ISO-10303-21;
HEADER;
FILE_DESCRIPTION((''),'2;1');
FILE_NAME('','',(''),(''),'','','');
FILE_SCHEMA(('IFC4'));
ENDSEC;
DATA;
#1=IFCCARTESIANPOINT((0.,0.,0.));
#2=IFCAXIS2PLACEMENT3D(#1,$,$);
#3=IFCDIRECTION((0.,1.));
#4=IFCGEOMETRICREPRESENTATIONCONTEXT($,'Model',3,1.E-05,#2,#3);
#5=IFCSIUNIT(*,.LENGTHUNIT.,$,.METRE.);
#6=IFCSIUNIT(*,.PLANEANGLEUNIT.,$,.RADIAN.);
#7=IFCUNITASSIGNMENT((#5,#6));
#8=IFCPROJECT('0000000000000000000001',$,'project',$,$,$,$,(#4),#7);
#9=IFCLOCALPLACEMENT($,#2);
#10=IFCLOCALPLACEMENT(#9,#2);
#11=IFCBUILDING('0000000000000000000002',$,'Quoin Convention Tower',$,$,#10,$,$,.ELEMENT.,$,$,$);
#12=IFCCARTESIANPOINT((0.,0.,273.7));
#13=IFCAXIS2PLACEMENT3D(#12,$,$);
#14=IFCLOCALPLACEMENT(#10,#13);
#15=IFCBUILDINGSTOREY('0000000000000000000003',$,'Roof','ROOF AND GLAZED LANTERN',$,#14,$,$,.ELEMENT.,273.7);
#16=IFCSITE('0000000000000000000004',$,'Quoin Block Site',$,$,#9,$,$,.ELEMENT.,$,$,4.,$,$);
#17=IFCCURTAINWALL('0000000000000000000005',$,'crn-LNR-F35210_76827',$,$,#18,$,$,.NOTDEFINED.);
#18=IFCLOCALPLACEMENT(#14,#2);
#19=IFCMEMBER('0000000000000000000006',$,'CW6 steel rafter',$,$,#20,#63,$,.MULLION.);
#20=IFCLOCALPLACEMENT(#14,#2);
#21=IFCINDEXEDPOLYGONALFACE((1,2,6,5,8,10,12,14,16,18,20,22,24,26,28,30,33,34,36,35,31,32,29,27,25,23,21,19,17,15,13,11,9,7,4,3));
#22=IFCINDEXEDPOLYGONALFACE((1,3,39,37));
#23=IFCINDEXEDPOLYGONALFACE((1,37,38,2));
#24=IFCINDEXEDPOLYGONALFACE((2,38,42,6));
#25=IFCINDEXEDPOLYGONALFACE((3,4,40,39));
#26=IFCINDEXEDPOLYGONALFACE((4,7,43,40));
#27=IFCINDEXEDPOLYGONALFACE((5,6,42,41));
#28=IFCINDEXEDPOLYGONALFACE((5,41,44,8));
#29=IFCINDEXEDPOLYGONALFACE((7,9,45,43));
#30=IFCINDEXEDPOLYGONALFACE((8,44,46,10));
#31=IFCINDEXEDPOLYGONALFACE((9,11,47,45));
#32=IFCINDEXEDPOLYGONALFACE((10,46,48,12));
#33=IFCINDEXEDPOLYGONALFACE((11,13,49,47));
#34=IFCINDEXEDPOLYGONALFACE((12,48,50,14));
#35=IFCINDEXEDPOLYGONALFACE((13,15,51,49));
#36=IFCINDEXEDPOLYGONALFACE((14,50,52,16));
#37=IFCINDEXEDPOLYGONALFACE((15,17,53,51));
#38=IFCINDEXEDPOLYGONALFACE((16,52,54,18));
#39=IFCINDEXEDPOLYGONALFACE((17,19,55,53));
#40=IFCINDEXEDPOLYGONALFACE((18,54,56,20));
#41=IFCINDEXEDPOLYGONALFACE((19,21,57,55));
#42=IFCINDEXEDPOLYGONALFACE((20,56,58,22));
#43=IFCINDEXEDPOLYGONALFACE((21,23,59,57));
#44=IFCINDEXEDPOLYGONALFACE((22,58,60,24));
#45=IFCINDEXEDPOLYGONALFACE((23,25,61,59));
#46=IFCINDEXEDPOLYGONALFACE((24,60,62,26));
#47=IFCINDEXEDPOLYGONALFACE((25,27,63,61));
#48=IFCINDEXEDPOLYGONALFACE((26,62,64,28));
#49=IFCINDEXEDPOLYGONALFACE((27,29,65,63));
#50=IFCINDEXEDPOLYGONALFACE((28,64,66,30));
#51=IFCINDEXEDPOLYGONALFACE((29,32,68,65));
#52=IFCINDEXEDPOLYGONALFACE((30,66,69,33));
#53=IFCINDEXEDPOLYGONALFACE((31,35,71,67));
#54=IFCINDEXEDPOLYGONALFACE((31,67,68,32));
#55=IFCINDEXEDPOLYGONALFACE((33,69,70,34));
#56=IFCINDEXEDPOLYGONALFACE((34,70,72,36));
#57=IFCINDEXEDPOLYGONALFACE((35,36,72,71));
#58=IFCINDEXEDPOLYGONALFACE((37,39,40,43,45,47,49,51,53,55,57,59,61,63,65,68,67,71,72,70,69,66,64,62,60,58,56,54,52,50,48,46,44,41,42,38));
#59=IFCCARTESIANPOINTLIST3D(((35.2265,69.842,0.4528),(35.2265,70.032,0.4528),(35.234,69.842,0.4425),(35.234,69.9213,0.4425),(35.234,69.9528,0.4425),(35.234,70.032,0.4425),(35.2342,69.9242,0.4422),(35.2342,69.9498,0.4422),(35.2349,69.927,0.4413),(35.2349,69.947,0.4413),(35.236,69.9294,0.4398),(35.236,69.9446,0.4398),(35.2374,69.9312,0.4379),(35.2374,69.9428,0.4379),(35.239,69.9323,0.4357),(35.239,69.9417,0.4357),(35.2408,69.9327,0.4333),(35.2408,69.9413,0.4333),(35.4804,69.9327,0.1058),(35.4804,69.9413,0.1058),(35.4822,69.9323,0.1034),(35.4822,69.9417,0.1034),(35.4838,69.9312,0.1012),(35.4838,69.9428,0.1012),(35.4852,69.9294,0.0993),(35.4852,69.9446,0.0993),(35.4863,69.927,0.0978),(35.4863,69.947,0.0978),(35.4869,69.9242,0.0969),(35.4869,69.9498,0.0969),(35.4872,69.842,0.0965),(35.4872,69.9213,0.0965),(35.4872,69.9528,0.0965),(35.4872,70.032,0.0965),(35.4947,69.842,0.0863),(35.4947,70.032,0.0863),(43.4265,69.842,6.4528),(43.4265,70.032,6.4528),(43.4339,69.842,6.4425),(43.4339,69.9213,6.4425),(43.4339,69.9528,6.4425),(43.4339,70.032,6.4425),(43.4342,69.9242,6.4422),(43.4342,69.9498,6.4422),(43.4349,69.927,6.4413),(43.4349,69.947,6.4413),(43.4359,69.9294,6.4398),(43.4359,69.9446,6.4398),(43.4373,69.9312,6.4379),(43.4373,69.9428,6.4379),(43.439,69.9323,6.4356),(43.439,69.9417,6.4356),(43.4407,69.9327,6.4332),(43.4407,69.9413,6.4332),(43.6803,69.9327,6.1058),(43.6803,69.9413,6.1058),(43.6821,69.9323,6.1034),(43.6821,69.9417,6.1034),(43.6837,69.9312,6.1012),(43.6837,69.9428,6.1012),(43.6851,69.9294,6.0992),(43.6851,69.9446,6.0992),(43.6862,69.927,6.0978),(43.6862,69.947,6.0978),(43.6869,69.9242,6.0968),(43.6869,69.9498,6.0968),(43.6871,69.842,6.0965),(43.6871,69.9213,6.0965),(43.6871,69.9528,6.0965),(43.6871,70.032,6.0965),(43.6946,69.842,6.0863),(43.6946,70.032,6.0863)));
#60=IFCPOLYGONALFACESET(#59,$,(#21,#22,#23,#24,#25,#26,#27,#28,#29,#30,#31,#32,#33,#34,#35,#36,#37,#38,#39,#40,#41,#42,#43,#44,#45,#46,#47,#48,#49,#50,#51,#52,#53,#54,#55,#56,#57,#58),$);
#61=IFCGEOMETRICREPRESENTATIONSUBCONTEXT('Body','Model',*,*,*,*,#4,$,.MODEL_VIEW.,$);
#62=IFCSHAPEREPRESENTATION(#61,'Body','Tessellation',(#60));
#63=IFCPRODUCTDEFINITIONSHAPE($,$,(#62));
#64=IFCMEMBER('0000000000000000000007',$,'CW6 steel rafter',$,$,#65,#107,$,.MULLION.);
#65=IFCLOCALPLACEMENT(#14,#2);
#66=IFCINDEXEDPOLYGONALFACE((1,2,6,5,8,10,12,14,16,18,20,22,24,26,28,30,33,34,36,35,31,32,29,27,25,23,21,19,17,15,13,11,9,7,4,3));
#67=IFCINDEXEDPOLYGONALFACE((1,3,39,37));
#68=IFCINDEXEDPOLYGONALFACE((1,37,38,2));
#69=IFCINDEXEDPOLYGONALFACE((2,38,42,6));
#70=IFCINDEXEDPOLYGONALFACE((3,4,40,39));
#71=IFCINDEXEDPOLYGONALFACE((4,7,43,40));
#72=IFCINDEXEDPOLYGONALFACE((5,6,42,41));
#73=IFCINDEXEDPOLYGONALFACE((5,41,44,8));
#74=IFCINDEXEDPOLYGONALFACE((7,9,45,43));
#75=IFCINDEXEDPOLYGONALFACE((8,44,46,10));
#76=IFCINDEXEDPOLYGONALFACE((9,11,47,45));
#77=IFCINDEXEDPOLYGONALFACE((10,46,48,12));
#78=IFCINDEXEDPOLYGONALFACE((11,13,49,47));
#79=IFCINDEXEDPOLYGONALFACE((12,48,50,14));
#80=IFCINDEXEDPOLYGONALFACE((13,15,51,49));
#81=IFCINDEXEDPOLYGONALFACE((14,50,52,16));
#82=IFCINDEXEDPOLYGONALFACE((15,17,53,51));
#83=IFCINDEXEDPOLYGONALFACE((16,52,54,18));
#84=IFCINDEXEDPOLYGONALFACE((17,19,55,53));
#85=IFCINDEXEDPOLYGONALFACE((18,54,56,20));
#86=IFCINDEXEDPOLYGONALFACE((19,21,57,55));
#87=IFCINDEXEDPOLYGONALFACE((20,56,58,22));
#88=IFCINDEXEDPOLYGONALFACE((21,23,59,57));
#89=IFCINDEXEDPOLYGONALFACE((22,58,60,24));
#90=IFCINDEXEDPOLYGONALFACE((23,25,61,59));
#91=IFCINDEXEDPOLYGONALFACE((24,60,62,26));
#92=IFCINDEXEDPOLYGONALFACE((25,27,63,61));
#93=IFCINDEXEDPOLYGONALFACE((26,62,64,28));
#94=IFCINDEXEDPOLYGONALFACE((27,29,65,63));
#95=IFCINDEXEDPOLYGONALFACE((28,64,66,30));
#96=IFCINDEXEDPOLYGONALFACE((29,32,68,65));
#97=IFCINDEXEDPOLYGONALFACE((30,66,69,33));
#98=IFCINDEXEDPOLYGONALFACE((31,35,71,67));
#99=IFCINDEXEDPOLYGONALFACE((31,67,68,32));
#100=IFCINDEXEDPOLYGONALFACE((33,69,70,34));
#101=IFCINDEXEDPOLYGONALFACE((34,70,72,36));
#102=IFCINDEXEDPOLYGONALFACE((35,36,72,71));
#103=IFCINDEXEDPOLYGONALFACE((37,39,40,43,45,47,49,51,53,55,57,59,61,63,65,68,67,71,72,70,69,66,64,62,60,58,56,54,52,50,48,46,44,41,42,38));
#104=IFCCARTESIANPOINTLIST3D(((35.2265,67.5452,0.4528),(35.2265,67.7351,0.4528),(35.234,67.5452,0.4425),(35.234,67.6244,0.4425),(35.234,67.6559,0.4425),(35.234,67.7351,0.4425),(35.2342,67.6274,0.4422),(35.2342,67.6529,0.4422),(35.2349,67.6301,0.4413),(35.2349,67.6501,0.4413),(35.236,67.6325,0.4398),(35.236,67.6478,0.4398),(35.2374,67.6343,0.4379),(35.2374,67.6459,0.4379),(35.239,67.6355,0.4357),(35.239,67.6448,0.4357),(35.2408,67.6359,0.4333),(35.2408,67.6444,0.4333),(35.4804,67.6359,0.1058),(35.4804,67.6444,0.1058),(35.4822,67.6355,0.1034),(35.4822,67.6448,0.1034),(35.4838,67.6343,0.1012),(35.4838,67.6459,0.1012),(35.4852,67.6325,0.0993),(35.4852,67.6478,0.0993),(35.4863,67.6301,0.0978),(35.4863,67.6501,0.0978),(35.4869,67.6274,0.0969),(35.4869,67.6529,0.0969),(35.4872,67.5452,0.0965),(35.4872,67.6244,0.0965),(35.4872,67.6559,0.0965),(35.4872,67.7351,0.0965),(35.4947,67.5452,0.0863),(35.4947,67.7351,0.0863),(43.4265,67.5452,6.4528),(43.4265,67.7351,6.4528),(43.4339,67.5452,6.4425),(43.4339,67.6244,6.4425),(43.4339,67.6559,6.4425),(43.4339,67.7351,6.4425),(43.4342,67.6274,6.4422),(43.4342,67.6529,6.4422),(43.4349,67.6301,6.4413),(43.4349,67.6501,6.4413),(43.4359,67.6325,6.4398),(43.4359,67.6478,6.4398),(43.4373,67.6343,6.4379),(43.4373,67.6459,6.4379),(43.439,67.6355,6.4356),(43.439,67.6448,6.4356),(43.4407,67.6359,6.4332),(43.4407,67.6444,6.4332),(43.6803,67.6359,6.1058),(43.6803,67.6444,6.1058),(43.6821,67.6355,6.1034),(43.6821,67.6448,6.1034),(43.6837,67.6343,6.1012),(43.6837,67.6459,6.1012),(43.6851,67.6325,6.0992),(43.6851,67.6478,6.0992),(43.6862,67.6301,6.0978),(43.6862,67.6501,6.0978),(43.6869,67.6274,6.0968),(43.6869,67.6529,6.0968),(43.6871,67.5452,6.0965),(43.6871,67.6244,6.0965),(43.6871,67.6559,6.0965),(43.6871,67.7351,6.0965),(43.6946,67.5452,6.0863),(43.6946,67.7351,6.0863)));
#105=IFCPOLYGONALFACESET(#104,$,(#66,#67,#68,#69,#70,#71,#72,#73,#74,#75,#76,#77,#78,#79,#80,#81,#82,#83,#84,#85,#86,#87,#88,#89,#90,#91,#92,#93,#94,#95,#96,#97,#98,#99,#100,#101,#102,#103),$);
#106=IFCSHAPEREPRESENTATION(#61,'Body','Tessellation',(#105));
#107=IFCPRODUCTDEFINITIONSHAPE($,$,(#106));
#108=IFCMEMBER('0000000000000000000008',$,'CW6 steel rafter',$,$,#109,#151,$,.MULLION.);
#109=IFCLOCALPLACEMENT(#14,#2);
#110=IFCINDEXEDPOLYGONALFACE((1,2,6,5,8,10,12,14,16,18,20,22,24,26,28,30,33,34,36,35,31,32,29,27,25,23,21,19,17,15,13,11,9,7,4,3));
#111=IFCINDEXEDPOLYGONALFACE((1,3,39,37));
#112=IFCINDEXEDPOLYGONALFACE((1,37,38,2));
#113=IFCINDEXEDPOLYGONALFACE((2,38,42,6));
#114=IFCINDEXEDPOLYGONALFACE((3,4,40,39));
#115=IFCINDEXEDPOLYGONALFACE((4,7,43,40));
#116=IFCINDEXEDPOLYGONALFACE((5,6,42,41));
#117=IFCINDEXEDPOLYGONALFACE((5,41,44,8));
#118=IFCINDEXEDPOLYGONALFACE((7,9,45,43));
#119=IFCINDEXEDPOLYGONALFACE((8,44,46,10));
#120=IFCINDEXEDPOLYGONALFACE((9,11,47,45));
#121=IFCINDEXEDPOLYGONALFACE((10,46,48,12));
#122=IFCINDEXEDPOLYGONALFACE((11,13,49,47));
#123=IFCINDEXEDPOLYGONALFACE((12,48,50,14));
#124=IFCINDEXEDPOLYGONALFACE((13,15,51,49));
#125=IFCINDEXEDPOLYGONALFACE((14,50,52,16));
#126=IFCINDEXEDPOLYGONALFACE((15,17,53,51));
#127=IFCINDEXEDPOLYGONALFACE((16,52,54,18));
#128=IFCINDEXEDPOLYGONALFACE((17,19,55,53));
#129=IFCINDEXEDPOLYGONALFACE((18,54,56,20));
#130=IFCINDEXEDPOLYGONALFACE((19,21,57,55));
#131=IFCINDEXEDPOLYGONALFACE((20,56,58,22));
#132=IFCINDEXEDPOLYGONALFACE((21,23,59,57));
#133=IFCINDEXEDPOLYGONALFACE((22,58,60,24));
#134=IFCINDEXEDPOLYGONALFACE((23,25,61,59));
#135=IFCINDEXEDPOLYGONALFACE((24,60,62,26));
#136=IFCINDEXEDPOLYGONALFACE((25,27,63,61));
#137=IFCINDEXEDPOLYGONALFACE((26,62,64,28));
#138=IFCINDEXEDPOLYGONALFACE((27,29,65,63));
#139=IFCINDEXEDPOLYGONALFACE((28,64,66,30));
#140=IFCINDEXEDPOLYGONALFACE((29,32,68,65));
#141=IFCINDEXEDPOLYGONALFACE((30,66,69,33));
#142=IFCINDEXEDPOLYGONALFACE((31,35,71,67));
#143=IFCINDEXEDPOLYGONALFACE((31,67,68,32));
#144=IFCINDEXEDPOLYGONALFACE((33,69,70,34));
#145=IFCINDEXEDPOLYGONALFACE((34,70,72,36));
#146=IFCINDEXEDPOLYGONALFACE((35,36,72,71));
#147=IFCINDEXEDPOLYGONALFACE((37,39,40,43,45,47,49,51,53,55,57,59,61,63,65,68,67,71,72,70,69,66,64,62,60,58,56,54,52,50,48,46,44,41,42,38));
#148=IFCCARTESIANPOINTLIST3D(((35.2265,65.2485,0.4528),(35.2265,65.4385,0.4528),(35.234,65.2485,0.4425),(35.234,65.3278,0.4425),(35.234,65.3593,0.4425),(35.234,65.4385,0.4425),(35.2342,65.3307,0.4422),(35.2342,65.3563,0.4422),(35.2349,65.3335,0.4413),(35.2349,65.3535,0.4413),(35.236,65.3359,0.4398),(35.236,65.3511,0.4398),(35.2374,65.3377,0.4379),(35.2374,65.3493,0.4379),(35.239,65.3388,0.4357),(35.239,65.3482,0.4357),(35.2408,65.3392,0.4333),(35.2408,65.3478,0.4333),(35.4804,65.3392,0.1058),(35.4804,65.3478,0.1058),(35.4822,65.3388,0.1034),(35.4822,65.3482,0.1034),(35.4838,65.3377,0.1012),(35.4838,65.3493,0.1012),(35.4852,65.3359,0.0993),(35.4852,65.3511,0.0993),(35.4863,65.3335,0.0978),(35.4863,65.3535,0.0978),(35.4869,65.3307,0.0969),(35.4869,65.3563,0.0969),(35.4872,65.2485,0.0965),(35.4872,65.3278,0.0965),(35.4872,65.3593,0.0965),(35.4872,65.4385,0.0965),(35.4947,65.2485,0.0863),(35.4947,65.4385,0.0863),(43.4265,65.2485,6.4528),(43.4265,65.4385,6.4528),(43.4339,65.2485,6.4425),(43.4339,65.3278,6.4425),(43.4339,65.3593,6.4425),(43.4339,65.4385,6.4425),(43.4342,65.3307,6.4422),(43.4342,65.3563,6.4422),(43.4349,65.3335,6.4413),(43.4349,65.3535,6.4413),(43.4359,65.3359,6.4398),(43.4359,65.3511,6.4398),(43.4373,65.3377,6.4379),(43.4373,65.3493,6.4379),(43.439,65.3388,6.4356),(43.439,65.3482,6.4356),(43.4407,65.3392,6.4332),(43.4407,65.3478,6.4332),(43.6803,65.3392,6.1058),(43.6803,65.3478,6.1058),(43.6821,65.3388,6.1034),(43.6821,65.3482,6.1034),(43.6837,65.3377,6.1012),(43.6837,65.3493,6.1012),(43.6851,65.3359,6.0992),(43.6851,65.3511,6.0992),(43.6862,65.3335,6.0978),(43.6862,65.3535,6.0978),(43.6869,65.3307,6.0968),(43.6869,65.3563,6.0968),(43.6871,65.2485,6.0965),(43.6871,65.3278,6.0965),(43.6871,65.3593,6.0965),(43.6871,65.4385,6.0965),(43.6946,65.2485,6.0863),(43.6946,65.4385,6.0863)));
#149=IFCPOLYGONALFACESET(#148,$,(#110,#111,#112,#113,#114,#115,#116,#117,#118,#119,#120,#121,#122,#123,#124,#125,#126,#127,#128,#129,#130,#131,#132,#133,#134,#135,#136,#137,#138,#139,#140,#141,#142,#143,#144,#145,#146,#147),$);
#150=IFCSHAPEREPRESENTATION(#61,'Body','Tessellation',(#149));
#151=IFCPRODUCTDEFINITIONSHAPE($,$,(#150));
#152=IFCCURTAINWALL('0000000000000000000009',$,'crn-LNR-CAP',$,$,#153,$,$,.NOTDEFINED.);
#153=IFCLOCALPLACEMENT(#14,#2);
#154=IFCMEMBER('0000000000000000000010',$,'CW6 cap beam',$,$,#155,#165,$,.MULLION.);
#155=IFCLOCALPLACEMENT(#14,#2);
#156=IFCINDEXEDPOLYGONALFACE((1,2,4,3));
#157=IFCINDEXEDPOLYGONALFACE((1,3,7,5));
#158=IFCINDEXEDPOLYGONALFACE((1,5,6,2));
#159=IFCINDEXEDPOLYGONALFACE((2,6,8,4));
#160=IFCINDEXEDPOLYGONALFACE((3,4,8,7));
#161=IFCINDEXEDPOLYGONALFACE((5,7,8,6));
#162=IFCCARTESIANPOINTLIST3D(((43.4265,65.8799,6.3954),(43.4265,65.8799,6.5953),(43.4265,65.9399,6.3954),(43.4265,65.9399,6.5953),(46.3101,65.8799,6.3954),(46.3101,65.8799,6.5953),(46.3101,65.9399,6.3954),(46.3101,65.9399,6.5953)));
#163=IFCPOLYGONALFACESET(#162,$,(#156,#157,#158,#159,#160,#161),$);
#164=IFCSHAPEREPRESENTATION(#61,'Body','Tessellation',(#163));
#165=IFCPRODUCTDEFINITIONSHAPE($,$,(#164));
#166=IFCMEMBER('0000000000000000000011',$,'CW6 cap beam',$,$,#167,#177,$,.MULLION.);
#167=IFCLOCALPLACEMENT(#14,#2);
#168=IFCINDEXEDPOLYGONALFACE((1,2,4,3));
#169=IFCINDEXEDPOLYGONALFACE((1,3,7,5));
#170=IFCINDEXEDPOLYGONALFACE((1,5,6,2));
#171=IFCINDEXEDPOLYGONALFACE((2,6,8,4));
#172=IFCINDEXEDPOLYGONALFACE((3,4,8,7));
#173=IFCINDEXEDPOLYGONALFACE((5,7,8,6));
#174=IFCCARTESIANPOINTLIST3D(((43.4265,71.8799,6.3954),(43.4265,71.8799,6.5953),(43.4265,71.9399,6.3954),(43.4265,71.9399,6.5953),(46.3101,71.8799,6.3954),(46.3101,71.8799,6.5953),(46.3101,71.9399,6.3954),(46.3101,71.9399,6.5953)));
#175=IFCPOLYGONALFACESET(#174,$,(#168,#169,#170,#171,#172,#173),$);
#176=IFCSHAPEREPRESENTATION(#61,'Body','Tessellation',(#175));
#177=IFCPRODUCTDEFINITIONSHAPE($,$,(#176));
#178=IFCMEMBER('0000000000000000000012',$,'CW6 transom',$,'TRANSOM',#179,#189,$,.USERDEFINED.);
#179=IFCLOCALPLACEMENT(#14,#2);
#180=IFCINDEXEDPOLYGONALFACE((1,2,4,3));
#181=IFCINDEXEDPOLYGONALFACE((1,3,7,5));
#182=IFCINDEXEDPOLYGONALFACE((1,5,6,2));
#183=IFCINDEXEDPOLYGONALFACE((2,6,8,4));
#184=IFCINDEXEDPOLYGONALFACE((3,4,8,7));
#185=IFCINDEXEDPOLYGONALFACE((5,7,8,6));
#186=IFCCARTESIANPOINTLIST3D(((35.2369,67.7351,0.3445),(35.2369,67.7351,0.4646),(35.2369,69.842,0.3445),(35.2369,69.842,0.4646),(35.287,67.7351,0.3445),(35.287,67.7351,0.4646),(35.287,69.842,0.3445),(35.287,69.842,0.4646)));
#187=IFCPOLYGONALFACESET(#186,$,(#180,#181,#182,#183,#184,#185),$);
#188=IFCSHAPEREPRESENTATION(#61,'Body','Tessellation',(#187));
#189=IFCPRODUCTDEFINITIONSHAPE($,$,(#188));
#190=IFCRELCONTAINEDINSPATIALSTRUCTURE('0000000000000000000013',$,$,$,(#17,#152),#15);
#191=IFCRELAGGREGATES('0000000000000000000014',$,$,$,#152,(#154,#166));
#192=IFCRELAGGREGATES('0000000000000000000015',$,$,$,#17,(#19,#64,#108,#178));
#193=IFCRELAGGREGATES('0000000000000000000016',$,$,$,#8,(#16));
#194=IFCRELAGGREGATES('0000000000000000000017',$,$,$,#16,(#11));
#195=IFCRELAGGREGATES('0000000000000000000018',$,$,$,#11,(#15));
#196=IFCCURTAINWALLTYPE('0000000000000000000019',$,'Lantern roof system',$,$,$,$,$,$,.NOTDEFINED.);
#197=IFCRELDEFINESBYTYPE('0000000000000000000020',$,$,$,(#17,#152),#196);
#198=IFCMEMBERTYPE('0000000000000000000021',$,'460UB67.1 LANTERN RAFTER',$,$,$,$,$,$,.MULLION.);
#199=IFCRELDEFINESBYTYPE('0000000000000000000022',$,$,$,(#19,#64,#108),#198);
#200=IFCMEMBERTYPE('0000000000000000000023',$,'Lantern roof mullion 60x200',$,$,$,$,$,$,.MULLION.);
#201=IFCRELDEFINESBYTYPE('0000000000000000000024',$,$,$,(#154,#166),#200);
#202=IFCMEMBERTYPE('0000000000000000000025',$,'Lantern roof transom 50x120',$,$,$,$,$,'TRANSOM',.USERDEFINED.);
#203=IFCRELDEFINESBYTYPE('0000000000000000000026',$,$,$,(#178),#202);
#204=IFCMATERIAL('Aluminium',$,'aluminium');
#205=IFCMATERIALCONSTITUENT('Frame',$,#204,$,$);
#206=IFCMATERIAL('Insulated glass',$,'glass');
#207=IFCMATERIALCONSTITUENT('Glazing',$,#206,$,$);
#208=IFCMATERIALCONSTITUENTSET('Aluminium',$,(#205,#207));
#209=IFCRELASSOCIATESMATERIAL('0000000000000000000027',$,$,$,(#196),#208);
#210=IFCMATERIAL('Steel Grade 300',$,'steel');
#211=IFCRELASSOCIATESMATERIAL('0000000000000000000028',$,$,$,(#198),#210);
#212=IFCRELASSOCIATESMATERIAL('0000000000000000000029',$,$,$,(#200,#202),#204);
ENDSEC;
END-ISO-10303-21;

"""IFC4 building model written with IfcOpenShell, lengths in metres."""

from ifc_helpers import new_model, si_unit, direction, frame, origin, origin_2d, place, context, subcontext, project, spatial, rectangle, i_section, extrude, material, constituent, constituent_set, material_profile, profile_set, type_object, element, aggregate, save


model = new_model("IFC4")

# Units and contexts
model_context = context("Model", 3, precision=1e-05, world=origin(), true_north=direction((0.0, 1.0)))
body_context = subcontext(model_context, "Body", "Model", "MODEL_VIEW")
ifc_project = project(units=[si_unit("LENGTHUNIT", "METRE"), si_unit("PLANEANGLEUNIT", "RADIAN")], contexts=[model_context])

# Site, building, storey
site_placement = place(None, origin())
site = spatial("IfcSite", under=ifc_project, at=site_placement, Name="Quoin Block Site", CompositionType="ELEMENT", RefElevation=4.0)
building_placement = place(site_placement, origin())
building = spatial("IfcBuilding", under=site, at=building_placement, Name="Quoin Convention Tower", CompositionType="ELEMENT")
storey_placement = place(building_placement, frame((0.0, 0.0, 273.7)))
storey = spatial("IfcBuildingStorey", under=building, at=storey_placement, Name="Roof", Description="ROOF AND GLAZED LANTERN", CompositionType="ELEMENT", Elevation=273.7)

# Shared definitions
ifc_material_1 = material(Name="Steel Grade 300", Category="steel")

# Curtain walls, members
ifc_material_2 = material(Name="Aluminium", Category="aluminium")
ifc_constituent_1 = constituent(ifc_material_2, Name="Frame")
ifc_material_3 = material(Name="Insulated glass", Category="glass")
ifc_constituent_2 = constituent(ifc_material_3, Name="Glazing")
ifc_constituent_set = constituent_set(constituents=[ifc_constituent_1, ifc_constituent_2], Name="Aluminium")
curtain_wall_type = type_object("IfcCurtainWallType", Name="Lantern roof system", PredefinedType="NOTDEFINED", material=ifc_constituent_set)
curtain_wall_1_placement = place(storey_placement, origin())
curtain_wall_1 = element("IfcCurtainWall", 1, at=curtain_wall_1_placement, inside=storey, type_object=curtain_wall_type, Name="crn-LNR-F35210_76827", PredefinedType="NOTDEFINED")
ifc_material_profile_1 = material_profile(ifc_material_1, i_section(OverallWidth=0.1899, OverallDepth=0.4541, WebThickness=0.0085, FlangeThickness=0.0127, FilletRadius=0.0115, at=origin_2d()), Name="460UB67.1")
ifc_profile_set_1 = profile_set([ifc_material_profile_1], Name="Steel Grade 300")
member_type_1 = type_object("IfcMemberType", Name="460UB67.1 LANTERN RAFTER", PredefinedType="MULLION", material=ifc_profile_set_1)
member_1_placement = place(storey_placement, frame((35.3606, 69.937, 0.2695), z_axis=(0.807029, 0.0, 0.590512), x_axis=(0.0, 1.0, 0.0)))
member_1 = element("IfcMember", 2, at=member_1_placement, type_object=member_type_1, Name="CW6 steel rafter", PredefinedType="MULLION", context=body_context, shape_type="SweptSolid", body=[
    extrude(i_section(OverallWidth=0.1899, OverallDepth=0.4541, WebThickness=0.0085, FlangeThickness=0.0127, FilletRadius=0.0115, at=origin_2d()), origin(), (0.0, 0.0, 1.0), 10.1606),
])
member_2_placement = place(storey_placement, frame((35.3606, 67.6401, 0.2695), z_axis=(0.807029, 0.0, 0.590512), x_axis=(0.0, 1.0, 0.0)))
member_2 = element("IfcMember", 3, at=member_2_placement, type_object=member_type_1, Name="CW6 steel rafter", PredefinedType="MULLION", context=body_context, shape_type="SweptSolid", body=[
    extrude(i_section(OverallWidth=0.1899, OverallDepth=0.4541, WebThickness=0.0085, FlangeThickness=0.0127, FilletRadius=0.0115, at=origin_2d()), origin(), (0.0, 0.0, 1.0), 10.1606),
])
member_3_placement = place(storey_placement, frame((35.3606, 65.3435, 0.2695), z_axis=(0.807029, 0.0, 0.590512), x_axis=(0.0, 1.0, 0.0)))
member_3 = element("IfcMember", 4, at=member_3_placement, type_object=member_type_1, Name="CW6 steel rafter", PredefinedType="MULLION", context=body_context, shape_type="SweptSolid", body=[
    extrude(i_section(OverallWidth=0.1899, OverallDepth=0.4541, WebThickness=0.0085, FlangeThickness=0.0127, FilletRadius=0.0115, at=origin_2d()), origin(), (0.0, 0.0, 1.0), 10.1606),
])
curtain_wall_2_placement = place(storey_placement, origin())
curtain_wall_2 = element("IfcCurtainWall", 5, at=curtain_wall_2_placement, inside=storey, type_object=curtain_wall_type, Name="crn-LNR-CAP", PredefinedType="NOTDEFINED")
ifc_material_profile_2 = material_profile(ifc_material_2, rectangle(XDim=0.2, YDim=0.0601, at=origin_2d()), Name="Lantern roof mullion 60x200")
ifc_profile_set_2 = profile_set([ifc_material_profile_2], Name="Aluminium")
member_type_2 = type_object("IfcMemberType", Name="Lantern roof mullion 60x200", PredefinedType="MULLION", material=ifc_profile_set_2)
member_4_placement = place(storey_placement, frame((43.4265, 65.9099, 6.4954), z_axis=(1.0, 0.0, 0.0), x_axis=(0.0, 0.0, 1.0)))
member_4 = element("IfcMember", 6, at=member_4_placement, type_object=member_type_2, Name="CW6 cap beam", PredefinedType="MULLION", context=body_context, shape_type="SweptSolid", body=[
    extrude(rectangle(XDim=0.2, YDim=0.0601, at=origin_2d()), origin(), (0.0, 0.0, 1.0), 2.8835),
])
member_5_placement = place(storey_placement, frame((43.4265, 71.9099, 6.4954), z_axis=(1.0, 0.0, 0.0), x_axis=(0.0, 0.0, 1.0)))
member_5 = element("IfcMember", 7, at=member_5_placement, type_object=member_type_2, Name="CW6 cap beam", PredefinedType="MULLION", context=body_context, shape_type="SweptSolid", body=[
    extrude(rectangle(XDim=0.2, YDim=0.0601, at=origin_2d()), origin(), (0.0, 0.0, 1.0), 2.8835),
])

# Member
ifc_material_profile_3 = material_profile(ifc_material_2, rectangle(XDim=0.1201, YDim=0.05, at=origin_2d()), Name="Lantern roof transom 50x120")
ifc_profile_set_3 = profile_set([ifc_material_profile_3], Name="Aluminium")
member_type_3 = type_object("IfcMemberType", Name="Lantern roof transom 50x120", ElementType="TRANSOM", PredefinedType="USERDEFINED", material=ifc_profile_set_3)
member_6_placement = place(storey_placement, frame((35.262, 69.842, 0.4045), z_axis=(0.0, -1.0, 0.0), x_axis=(0.0, 0.0, 1.0)))
member_6 = element("IfcMember", 8, at=member_6_placement, type_object=member_type_3, Name="CW6 transom", ObjectType="TRANSOM", PredefinedType="USERDEFINED", context=body_context, shape_type="SweptSolid", body=[
    extrude(rectangle(XDim=0.1201, YDim=0.05, at=origin_2d()), origin(), (0.0, 0.0, 1.0), 2.1069),
])
aggregate(curtain_wall_2, [member_4, member_5])

aggregate(curtain_wall_1, [member_1, member_2, member_3, member_6])

save(model, "model.ifc")
